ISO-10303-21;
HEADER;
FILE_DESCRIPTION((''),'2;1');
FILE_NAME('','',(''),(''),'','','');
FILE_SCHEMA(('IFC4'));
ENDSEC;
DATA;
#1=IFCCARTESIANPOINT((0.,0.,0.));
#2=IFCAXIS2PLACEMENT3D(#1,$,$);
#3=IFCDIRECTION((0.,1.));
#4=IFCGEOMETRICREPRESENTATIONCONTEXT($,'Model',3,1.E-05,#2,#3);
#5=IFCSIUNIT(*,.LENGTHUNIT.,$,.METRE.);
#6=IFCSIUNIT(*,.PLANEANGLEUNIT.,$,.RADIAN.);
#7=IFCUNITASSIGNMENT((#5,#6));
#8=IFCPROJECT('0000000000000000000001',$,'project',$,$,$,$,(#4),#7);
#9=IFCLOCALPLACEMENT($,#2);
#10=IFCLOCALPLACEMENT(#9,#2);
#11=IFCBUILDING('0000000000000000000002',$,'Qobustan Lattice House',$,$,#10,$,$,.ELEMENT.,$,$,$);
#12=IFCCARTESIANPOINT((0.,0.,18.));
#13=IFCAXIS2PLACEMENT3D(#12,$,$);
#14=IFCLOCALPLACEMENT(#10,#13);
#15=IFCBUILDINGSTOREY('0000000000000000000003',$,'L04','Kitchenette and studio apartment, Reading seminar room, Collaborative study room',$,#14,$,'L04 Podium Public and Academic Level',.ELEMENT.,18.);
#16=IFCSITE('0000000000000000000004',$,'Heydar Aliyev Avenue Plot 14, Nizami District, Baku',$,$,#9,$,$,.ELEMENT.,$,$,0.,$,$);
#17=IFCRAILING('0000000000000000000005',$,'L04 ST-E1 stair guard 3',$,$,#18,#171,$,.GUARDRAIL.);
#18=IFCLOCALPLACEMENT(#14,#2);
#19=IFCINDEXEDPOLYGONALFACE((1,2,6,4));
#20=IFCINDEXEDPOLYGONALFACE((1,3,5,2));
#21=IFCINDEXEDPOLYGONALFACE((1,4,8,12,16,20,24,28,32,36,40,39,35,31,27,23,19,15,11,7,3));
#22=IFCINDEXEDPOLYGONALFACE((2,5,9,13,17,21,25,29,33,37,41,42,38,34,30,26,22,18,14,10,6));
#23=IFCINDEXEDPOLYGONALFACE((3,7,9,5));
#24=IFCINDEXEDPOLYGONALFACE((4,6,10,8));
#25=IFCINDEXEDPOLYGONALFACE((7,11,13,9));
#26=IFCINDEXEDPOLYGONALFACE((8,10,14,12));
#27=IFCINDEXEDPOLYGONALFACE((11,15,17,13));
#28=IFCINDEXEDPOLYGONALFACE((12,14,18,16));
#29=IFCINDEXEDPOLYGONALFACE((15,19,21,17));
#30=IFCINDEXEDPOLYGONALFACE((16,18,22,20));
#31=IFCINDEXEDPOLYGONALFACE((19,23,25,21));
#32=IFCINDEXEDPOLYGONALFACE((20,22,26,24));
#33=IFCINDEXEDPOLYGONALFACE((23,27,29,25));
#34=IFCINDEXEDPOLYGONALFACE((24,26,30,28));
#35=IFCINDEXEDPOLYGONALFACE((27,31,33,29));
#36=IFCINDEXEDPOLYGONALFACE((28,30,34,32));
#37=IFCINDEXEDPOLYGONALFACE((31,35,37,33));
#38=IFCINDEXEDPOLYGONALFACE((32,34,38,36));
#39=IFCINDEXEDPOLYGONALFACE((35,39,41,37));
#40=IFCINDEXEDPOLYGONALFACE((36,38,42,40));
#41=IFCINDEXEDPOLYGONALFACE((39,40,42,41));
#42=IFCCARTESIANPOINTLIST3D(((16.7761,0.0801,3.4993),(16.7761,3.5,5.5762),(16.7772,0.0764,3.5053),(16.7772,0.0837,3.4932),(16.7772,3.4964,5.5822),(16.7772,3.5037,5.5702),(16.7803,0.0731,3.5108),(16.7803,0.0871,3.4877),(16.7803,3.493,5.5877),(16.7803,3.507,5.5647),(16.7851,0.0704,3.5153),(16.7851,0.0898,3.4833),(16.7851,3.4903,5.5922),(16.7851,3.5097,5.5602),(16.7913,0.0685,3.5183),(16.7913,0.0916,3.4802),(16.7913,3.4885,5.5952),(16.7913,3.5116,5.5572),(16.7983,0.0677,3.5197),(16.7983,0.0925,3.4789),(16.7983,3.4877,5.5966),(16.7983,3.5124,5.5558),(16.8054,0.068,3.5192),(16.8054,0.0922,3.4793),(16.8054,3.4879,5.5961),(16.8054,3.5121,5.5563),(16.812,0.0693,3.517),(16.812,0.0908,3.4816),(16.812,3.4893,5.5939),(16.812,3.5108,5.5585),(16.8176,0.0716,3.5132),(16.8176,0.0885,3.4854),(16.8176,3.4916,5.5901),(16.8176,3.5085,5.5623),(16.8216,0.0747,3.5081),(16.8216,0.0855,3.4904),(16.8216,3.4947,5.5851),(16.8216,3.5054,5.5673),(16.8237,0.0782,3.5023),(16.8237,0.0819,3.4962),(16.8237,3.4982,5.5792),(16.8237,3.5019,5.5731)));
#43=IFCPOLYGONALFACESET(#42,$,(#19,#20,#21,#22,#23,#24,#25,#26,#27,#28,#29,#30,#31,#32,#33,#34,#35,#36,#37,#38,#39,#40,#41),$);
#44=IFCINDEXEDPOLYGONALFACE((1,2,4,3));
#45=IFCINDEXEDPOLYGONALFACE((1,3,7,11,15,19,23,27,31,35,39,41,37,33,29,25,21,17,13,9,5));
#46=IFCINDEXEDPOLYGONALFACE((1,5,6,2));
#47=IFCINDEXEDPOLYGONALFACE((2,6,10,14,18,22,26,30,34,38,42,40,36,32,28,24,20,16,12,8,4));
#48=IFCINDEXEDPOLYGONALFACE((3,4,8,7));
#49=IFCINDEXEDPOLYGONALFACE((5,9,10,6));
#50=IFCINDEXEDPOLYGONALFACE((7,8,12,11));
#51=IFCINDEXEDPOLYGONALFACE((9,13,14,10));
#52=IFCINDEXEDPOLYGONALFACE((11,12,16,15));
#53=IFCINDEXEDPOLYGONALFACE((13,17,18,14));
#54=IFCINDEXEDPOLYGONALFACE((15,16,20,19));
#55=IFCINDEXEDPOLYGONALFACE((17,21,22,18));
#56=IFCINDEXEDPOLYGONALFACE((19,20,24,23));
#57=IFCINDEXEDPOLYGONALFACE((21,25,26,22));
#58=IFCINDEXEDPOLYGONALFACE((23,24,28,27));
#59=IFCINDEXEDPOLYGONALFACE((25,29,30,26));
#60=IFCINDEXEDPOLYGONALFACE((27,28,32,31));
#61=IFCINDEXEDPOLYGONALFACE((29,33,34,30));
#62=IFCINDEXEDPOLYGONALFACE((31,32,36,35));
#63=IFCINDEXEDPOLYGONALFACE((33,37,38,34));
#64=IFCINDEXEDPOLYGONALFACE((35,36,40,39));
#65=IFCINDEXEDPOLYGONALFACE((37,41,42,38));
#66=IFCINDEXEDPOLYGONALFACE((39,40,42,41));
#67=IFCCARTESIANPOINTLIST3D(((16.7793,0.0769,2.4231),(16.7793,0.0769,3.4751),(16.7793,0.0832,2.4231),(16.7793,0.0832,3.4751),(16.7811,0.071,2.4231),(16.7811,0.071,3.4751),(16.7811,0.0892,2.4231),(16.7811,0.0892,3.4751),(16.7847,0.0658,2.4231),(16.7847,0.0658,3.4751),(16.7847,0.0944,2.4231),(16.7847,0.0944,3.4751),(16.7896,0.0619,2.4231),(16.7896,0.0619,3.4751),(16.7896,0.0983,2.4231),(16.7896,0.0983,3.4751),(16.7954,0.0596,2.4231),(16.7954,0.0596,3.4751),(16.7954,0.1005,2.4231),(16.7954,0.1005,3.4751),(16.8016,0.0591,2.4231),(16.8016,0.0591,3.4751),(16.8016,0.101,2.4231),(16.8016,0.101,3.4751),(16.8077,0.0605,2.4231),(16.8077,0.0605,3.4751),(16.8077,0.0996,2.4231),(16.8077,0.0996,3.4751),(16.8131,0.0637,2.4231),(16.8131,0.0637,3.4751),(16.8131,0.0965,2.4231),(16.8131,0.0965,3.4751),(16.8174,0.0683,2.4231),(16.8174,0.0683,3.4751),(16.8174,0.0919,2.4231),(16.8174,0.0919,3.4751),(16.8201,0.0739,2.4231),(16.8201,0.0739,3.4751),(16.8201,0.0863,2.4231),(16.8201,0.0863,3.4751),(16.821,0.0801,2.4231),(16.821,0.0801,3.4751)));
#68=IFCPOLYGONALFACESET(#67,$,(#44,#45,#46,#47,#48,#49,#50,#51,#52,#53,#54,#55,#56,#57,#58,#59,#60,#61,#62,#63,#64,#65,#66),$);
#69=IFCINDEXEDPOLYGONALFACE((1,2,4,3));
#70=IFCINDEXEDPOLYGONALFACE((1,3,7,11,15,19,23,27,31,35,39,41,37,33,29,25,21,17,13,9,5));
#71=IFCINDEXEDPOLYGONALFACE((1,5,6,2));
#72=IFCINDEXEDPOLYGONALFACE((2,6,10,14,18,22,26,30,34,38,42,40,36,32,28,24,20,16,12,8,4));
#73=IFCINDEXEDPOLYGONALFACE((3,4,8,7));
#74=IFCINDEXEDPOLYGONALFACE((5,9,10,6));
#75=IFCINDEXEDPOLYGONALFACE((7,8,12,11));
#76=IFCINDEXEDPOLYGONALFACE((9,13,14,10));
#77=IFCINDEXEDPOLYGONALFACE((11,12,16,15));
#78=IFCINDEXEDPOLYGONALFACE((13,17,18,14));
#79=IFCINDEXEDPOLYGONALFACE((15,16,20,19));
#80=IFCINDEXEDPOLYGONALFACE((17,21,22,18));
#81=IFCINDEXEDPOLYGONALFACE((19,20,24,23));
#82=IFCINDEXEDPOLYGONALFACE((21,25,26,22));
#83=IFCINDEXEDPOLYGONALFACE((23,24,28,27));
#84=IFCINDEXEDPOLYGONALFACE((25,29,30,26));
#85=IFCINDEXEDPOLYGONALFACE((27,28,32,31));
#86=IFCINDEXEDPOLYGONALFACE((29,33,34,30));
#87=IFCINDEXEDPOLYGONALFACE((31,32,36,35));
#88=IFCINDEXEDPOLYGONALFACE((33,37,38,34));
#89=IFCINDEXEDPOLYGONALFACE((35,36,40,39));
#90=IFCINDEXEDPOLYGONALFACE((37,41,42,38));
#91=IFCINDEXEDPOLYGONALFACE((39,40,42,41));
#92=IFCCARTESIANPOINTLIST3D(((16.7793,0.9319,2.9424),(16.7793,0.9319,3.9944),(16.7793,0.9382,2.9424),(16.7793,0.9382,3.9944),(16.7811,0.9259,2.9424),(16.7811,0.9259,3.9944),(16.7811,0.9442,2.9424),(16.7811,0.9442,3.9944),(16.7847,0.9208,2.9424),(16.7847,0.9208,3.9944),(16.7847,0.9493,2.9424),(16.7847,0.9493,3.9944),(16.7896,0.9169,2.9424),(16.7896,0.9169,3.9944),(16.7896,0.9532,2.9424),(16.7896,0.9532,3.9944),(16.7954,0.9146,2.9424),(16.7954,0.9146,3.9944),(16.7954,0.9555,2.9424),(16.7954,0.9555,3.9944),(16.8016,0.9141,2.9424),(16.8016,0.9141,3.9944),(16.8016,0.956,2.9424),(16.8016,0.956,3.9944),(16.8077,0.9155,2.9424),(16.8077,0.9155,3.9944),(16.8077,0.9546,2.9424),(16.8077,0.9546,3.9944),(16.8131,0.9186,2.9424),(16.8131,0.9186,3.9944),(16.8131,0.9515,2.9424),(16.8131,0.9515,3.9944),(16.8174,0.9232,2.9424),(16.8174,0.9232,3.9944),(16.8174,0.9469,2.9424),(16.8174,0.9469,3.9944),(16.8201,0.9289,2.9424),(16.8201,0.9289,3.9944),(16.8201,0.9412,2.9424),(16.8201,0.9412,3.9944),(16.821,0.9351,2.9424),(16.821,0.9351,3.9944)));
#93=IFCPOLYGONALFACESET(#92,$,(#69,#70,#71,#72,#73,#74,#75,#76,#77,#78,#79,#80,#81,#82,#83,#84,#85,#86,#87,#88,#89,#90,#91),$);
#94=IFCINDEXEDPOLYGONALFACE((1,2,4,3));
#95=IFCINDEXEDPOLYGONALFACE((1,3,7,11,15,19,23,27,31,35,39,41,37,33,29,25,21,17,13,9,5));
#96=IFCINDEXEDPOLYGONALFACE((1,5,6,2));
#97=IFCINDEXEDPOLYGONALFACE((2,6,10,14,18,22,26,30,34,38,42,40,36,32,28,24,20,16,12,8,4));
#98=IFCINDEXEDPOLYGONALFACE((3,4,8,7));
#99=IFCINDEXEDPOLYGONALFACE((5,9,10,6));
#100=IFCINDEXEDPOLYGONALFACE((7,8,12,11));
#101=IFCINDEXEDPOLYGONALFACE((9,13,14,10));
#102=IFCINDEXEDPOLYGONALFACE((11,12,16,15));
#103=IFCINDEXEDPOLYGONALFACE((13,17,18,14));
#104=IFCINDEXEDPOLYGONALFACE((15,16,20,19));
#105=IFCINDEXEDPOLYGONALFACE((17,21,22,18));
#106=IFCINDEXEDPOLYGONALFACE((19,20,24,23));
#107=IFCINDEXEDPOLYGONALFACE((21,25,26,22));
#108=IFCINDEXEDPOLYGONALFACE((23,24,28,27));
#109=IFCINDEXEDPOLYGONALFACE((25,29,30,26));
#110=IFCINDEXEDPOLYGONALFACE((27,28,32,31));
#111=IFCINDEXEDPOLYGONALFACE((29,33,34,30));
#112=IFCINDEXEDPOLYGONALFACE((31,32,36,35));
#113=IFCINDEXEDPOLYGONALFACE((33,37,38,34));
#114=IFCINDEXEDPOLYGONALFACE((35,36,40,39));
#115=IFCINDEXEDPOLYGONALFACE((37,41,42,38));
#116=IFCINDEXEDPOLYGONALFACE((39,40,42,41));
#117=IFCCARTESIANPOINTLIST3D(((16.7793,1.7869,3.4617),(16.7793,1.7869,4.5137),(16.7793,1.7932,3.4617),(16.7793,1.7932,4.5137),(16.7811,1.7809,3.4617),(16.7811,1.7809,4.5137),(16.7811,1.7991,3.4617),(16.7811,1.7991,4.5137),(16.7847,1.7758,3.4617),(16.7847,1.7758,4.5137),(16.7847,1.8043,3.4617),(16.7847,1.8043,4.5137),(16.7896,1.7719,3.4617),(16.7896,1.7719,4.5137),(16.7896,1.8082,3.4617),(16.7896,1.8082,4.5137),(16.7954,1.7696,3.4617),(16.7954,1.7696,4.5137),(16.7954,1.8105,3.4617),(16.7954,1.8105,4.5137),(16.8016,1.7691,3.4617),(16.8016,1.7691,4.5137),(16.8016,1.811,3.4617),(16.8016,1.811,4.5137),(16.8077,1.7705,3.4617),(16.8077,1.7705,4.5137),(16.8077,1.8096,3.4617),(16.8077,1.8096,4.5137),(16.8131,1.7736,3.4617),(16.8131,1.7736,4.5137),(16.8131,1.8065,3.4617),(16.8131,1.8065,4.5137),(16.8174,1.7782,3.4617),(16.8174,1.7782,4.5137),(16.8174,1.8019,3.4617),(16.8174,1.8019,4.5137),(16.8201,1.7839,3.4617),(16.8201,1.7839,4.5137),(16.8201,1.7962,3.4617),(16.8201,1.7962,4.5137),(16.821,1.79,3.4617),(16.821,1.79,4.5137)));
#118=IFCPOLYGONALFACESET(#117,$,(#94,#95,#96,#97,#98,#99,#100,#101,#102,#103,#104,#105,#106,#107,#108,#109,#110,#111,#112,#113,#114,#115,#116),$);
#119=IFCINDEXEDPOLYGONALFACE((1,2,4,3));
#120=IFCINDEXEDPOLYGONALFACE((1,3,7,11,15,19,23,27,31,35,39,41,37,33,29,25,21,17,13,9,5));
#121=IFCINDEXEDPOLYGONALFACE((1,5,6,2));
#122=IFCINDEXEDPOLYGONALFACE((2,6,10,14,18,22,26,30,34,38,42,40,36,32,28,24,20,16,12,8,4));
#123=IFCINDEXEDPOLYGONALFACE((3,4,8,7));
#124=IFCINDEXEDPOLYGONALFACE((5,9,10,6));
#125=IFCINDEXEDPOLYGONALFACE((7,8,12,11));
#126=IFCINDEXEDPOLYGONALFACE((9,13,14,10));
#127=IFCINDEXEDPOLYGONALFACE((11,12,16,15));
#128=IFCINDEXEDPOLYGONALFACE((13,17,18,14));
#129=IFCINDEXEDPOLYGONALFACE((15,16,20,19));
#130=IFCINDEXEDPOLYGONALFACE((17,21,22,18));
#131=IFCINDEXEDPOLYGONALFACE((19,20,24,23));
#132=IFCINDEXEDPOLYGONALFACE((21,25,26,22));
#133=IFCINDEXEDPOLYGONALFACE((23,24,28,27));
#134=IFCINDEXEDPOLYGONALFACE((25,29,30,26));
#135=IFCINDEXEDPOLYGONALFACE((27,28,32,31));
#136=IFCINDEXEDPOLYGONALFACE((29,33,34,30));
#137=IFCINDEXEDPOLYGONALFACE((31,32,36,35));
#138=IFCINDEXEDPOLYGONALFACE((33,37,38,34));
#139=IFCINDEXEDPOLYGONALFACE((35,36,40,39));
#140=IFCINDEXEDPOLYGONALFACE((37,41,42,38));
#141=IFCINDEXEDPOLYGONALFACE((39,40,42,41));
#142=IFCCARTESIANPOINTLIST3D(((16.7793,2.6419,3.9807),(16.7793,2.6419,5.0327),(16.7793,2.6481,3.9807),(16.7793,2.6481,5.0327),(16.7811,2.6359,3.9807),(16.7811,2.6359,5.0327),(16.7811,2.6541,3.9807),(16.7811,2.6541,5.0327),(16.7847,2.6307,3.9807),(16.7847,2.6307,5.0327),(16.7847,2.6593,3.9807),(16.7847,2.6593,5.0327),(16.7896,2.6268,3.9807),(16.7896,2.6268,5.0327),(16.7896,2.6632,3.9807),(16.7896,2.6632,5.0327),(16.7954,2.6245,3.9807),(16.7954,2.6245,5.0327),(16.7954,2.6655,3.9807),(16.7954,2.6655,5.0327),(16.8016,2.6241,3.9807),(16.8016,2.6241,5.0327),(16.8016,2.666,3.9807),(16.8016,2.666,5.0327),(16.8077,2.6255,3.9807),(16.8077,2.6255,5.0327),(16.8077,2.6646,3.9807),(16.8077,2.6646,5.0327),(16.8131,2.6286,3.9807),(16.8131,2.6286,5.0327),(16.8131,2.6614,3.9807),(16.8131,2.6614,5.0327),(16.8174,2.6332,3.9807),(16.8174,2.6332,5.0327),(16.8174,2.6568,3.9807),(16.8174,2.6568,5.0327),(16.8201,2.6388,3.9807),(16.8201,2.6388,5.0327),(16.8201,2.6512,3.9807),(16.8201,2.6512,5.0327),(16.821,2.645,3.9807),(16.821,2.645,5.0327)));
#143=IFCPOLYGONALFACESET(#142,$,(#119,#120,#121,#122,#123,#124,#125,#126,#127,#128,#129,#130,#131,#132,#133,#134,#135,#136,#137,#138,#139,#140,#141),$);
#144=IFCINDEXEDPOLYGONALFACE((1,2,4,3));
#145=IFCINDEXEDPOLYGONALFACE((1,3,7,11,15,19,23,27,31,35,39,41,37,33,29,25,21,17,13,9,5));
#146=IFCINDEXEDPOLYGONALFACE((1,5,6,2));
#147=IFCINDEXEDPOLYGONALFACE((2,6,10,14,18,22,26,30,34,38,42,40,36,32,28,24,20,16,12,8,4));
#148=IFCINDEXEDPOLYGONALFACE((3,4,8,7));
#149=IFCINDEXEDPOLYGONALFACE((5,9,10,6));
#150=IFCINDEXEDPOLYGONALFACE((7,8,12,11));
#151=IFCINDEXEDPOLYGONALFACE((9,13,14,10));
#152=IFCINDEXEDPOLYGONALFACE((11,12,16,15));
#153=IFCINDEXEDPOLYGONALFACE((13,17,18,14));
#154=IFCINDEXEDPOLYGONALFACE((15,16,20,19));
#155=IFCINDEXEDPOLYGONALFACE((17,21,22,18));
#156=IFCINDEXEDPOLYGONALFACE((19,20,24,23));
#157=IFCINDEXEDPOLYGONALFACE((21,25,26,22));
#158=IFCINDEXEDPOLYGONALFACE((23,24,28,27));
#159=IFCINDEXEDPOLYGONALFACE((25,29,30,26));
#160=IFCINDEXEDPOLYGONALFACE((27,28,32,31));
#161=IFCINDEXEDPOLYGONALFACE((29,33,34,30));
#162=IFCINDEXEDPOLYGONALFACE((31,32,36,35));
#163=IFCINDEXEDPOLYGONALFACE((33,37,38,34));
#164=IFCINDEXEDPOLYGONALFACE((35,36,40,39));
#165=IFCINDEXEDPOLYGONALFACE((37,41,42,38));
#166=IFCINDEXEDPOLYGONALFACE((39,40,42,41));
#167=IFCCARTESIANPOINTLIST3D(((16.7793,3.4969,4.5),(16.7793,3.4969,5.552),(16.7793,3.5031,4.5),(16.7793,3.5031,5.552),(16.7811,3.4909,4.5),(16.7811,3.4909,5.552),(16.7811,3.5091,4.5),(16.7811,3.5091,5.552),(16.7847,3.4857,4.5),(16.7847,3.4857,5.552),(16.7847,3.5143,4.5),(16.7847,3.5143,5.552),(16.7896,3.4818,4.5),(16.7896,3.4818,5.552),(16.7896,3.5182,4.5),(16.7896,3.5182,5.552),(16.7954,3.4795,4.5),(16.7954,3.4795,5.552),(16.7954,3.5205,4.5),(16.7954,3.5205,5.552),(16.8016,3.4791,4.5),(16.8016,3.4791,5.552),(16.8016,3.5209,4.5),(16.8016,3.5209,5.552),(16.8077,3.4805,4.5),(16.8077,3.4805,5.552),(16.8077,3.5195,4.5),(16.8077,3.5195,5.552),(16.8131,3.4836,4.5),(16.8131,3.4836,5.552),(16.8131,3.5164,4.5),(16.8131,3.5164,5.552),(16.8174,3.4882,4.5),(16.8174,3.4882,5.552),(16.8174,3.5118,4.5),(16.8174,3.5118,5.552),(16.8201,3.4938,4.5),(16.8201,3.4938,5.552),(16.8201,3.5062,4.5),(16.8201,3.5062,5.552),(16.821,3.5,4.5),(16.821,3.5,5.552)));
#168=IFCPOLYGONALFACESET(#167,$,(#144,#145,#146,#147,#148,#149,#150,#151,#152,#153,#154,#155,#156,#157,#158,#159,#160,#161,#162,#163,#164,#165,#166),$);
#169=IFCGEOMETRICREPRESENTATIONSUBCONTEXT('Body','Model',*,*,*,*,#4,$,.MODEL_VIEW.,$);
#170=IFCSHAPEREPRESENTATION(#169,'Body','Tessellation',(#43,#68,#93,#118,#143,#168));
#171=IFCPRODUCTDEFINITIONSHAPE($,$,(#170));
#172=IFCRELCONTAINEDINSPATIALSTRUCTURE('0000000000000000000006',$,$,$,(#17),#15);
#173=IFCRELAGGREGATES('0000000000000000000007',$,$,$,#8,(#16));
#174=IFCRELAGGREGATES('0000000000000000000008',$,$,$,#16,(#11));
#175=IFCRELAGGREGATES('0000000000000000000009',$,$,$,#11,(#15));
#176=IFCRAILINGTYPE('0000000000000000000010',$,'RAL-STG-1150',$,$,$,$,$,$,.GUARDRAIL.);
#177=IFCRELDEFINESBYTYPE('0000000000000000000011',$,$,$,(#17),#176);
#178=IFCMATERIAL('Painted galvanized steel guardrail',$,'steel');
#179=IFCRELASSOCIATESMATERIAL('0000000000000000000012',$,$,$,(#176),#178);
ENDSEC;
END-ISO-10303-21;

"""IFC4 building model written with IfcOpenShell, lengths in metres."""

from ifc_helpers import new_model, si_unit, direction, frame, origin, origin_2d, place, context, subcontext, project, spatial, circle, extrude, material, type_object, element, save


model = new_model("IFC4")

# Units and contexts
model_context = context("Model", 3, precision=1e-05, world=origin(), true_north=direction((0.0, 1.0)))
body_context = subcontext(model_context, "Body", "Model", "MODEL_VIEW")
ifc_project = project(units=[si_unit("LENGTHUNIT", "METRE"), si_unit("PLANEANGLEUNIT", "RADIAN")], contexts=[model_context])

# Site, building, storey
site_placement = place(None, origin())
site = spatial("IfcSite", under=ifc_project, at=site_placement, Name="Heydar Aliyev Avenue Plot 14, Nizami District, Baku", CompositionType="ELEMENT", RefElevation=0.0)
building_placement = place(site_placement, origin())
building = spatial("IfcBuilding", under=site, at=building_placement, Name="Qobustan Lattice House", CompositionType="ELEMENT")
storey_placement = place(building_placement, frame((0.0, 0.0, 18.0)))
storey = spatial("IfcBuildingStorey", under=building, at=storey_placement, Name="L04", Description="Kitchenette and studio apartment, Reading seminar room, Collaborative study room", LongName="L04 Podium Public and Academic Level", CompositionType="ELEMENT", Elevation=18.0)

# Railing
ifc_material_1 = material(Name="Painted galvanized steel guardrail", Category="steel")
railing_type_1 = type_object("IfcRailingType", Name="RAL-STG-1150", PredefinedType="GUARDRAIL", material=ifc_material_1)
railing_1_placement = place(storey_placement, frame((16.8, 0.0801, 2.4231)))
element("IfcRailing", 1, at=railing_1_placement, inside=storey, type_object=railing_type_1, Name="L04 ST-E1 stair guard 3", PredefinedType="GUARDRAIL", context=body_context, shape_type="SweptSolid", body=[
    extrude(circle(Radius=0.0239, at=origin_2d()), frame((0.0, 0.0, 1.0762), z_axis=(0.0, 0.85473, 0.519074), x_axis=(-1.0, 0.0, 0.0)), (0.0, 0.0, 1.0), 4.0012),
    extrude(circle(Radius=0.021, at=origin_2d()), origin(), (0.0, 0.0, 1.0), 1.052),
    extrude(circle(Radius=0.021, at=origin_2d()), frame((0.0, 0.855, 0.5193)), (0.0, 0.0, 1.0), 1.052),
    extrude(circle(Radius=0.021, at=origin_2d()), frame((0.0, 1.71, 1.0386)), (0.0, 0.0, 1.0), 1.052),
    extrude(circle(Radius=0.021, at=origin_2d()), frame((0.0, 2.5649, 1.5576)), (0.0, 0.0, 1.0), 1.052),
    extrude(circle(Radius=0.021, at=origin_2d()), frame((0.0, 3.4199, 2.0769)), (0.0, 0.0, 1.0), 1.052),
])

save(model, "model.ifc")
